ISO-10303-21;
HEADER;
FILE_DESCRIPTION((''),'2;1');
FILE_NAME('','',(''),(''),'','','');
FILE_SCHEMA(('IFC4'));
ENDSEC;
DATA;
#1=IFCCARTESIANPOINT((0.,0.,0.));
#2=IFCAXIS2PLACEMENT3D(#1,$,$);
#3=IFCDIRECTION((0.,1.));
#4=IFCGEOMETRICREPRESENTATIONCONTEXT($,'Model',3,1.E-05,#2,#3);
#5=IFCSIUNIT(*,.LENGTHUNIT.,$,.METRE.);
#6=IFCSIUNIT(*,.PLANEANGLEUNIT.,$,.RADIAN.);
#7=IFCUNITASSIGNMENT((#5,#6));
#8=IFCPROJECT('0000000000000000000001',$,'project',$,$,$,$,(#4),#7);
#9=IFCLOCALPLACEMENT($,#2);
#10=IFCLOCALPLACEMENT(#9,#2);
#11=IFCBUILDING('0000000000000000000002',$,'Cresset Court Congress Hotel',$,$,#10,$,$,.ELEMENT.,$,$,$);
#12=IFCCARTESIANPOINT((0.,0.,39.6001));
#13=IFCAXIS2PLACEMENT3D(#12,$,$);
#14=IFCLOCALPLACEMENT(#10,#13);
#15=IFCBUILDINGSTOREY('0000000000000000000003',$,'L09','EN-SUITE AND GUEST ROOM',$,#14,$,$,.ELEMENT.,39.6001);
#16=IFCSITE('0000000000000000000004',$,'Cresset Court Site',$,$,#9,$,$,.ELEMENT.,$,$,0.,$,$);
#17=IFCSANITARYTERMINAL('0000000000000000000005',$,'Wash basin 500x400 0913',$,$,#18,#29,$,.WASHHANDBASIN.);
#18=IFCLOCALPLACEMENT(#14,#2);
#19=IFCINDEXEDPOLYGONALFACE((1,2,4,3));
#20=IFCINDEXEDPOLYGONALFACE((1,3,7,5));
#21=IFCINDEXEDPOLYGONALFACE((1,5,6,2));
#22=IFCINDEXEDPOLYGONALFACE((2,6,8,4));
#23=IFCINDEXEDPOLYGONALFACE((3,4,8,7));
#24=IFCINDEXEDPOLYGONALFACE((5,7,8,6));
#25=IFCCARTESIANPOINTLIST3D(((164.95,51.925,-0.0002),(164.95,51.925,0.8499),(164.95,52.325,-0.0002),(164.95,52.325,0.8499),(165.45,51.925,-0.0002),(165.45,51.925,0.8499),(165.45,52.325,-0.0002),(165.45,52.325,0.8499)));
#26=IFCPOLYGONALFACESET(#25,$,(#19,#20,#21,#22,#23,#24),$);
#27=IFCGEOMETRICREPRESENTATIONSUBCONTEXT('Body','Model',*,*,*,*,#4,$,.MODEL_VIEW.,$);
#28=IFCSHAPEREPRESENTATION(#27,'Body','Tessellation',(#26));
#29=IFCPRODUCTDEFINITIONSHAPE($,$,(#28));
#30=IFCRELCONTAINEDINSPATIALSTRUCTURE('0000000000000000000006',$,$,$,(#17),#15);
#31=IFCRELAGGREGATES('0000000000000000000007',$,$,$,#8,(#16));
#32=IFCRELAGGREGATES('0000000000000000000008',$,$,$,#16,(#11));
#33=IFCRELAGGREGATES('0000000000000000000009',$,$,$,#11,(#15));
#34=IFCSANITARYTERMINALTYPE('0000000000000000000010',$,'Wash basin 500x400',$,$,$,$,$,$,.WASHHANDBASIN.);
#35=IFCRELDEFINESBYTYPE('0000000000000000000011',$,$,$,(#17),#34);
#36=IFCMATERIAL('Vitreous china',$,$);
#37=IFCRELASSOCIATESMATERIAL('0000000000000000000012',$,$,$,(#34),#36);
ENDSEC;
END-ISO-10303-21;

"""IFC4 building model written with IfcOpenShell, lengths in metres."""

from ifc_helpers import new_model, si_unit, direction, frame, origin, origin_2d, place, context, subcontext, project, spatial, rectangle, extrude, material, type_object, element, save


model = new_model("IFC4")

# Units and contexts
model_context = context("Model", 3, precision=1e-05, world=origin(), true_north=direction((0.0, 1.0)))
body_context = subcontext(model_context, "Body", "Model", "MODEL_VIEW")
ifc_project = project(units=[si_unit("LENGTHUNIT", "METRE"), si_unit("PLANEANGLEUNIT", "RADIAN")], contexts=[model_context])

# Site, building, storey
site_placement = place(None, origin())
site = spatial("IfcSite", under=ifc_project, at=site_placement, Name="Cresset Court Site", CompositionType="ELEMENT", RefElevation=0.0)
building_placement = place(site_placement, origin())
building = spatial("IfcBuilding", under=site, at=building_placement, Name="Cresset Court Congress Hotel", CompositionType="ELEMENT")
storey_placement = place(building_placement, frame((0.0, 0.0, 39.6001)))
storey = spatial("IfcBuildingStorey", under=building, at=storey_placement, Name="L09", Description="EN-SUITE AND GUEST ROOM", CompositionType="ELEMENT", Elevation=39.6001)

# Sanitary terminal
ifc_material_1 = material(Name="Vitreous china")
sanitary_terminal_type_1 = type_object("IfcSanitaryTerminalType", Name="Wash basin 500x400", PredefinedType="WASHHANDBASIN", material=ifc_material_1)
for number, where, z_axis, x_axis, name in (
    (1, (165.2, 52.125, -0.0002), (0.0, 0.0, 1.0), (1.0, 0.0, 0.0), "Wash basin 500x400 0913"),
):
    element("IfcSanitaryTerminal", number, at=place(storey_placement, frame(where, z_axis=z_axis, x_axis=x_axis)), inside=storey, type_object=sanitary_terminal_type_1, Name=name, PredefinedType="WASHHANDBASIN", context=body_context, shape_type="SweptSolid", body=[
        extrude(rectangle(XDim=0.5, YDim=0.3999, at=origin_2d()), origin(), (0.0, 0.0, 1.0), 0.8501),
    ])

save(model, "model.ifc")
